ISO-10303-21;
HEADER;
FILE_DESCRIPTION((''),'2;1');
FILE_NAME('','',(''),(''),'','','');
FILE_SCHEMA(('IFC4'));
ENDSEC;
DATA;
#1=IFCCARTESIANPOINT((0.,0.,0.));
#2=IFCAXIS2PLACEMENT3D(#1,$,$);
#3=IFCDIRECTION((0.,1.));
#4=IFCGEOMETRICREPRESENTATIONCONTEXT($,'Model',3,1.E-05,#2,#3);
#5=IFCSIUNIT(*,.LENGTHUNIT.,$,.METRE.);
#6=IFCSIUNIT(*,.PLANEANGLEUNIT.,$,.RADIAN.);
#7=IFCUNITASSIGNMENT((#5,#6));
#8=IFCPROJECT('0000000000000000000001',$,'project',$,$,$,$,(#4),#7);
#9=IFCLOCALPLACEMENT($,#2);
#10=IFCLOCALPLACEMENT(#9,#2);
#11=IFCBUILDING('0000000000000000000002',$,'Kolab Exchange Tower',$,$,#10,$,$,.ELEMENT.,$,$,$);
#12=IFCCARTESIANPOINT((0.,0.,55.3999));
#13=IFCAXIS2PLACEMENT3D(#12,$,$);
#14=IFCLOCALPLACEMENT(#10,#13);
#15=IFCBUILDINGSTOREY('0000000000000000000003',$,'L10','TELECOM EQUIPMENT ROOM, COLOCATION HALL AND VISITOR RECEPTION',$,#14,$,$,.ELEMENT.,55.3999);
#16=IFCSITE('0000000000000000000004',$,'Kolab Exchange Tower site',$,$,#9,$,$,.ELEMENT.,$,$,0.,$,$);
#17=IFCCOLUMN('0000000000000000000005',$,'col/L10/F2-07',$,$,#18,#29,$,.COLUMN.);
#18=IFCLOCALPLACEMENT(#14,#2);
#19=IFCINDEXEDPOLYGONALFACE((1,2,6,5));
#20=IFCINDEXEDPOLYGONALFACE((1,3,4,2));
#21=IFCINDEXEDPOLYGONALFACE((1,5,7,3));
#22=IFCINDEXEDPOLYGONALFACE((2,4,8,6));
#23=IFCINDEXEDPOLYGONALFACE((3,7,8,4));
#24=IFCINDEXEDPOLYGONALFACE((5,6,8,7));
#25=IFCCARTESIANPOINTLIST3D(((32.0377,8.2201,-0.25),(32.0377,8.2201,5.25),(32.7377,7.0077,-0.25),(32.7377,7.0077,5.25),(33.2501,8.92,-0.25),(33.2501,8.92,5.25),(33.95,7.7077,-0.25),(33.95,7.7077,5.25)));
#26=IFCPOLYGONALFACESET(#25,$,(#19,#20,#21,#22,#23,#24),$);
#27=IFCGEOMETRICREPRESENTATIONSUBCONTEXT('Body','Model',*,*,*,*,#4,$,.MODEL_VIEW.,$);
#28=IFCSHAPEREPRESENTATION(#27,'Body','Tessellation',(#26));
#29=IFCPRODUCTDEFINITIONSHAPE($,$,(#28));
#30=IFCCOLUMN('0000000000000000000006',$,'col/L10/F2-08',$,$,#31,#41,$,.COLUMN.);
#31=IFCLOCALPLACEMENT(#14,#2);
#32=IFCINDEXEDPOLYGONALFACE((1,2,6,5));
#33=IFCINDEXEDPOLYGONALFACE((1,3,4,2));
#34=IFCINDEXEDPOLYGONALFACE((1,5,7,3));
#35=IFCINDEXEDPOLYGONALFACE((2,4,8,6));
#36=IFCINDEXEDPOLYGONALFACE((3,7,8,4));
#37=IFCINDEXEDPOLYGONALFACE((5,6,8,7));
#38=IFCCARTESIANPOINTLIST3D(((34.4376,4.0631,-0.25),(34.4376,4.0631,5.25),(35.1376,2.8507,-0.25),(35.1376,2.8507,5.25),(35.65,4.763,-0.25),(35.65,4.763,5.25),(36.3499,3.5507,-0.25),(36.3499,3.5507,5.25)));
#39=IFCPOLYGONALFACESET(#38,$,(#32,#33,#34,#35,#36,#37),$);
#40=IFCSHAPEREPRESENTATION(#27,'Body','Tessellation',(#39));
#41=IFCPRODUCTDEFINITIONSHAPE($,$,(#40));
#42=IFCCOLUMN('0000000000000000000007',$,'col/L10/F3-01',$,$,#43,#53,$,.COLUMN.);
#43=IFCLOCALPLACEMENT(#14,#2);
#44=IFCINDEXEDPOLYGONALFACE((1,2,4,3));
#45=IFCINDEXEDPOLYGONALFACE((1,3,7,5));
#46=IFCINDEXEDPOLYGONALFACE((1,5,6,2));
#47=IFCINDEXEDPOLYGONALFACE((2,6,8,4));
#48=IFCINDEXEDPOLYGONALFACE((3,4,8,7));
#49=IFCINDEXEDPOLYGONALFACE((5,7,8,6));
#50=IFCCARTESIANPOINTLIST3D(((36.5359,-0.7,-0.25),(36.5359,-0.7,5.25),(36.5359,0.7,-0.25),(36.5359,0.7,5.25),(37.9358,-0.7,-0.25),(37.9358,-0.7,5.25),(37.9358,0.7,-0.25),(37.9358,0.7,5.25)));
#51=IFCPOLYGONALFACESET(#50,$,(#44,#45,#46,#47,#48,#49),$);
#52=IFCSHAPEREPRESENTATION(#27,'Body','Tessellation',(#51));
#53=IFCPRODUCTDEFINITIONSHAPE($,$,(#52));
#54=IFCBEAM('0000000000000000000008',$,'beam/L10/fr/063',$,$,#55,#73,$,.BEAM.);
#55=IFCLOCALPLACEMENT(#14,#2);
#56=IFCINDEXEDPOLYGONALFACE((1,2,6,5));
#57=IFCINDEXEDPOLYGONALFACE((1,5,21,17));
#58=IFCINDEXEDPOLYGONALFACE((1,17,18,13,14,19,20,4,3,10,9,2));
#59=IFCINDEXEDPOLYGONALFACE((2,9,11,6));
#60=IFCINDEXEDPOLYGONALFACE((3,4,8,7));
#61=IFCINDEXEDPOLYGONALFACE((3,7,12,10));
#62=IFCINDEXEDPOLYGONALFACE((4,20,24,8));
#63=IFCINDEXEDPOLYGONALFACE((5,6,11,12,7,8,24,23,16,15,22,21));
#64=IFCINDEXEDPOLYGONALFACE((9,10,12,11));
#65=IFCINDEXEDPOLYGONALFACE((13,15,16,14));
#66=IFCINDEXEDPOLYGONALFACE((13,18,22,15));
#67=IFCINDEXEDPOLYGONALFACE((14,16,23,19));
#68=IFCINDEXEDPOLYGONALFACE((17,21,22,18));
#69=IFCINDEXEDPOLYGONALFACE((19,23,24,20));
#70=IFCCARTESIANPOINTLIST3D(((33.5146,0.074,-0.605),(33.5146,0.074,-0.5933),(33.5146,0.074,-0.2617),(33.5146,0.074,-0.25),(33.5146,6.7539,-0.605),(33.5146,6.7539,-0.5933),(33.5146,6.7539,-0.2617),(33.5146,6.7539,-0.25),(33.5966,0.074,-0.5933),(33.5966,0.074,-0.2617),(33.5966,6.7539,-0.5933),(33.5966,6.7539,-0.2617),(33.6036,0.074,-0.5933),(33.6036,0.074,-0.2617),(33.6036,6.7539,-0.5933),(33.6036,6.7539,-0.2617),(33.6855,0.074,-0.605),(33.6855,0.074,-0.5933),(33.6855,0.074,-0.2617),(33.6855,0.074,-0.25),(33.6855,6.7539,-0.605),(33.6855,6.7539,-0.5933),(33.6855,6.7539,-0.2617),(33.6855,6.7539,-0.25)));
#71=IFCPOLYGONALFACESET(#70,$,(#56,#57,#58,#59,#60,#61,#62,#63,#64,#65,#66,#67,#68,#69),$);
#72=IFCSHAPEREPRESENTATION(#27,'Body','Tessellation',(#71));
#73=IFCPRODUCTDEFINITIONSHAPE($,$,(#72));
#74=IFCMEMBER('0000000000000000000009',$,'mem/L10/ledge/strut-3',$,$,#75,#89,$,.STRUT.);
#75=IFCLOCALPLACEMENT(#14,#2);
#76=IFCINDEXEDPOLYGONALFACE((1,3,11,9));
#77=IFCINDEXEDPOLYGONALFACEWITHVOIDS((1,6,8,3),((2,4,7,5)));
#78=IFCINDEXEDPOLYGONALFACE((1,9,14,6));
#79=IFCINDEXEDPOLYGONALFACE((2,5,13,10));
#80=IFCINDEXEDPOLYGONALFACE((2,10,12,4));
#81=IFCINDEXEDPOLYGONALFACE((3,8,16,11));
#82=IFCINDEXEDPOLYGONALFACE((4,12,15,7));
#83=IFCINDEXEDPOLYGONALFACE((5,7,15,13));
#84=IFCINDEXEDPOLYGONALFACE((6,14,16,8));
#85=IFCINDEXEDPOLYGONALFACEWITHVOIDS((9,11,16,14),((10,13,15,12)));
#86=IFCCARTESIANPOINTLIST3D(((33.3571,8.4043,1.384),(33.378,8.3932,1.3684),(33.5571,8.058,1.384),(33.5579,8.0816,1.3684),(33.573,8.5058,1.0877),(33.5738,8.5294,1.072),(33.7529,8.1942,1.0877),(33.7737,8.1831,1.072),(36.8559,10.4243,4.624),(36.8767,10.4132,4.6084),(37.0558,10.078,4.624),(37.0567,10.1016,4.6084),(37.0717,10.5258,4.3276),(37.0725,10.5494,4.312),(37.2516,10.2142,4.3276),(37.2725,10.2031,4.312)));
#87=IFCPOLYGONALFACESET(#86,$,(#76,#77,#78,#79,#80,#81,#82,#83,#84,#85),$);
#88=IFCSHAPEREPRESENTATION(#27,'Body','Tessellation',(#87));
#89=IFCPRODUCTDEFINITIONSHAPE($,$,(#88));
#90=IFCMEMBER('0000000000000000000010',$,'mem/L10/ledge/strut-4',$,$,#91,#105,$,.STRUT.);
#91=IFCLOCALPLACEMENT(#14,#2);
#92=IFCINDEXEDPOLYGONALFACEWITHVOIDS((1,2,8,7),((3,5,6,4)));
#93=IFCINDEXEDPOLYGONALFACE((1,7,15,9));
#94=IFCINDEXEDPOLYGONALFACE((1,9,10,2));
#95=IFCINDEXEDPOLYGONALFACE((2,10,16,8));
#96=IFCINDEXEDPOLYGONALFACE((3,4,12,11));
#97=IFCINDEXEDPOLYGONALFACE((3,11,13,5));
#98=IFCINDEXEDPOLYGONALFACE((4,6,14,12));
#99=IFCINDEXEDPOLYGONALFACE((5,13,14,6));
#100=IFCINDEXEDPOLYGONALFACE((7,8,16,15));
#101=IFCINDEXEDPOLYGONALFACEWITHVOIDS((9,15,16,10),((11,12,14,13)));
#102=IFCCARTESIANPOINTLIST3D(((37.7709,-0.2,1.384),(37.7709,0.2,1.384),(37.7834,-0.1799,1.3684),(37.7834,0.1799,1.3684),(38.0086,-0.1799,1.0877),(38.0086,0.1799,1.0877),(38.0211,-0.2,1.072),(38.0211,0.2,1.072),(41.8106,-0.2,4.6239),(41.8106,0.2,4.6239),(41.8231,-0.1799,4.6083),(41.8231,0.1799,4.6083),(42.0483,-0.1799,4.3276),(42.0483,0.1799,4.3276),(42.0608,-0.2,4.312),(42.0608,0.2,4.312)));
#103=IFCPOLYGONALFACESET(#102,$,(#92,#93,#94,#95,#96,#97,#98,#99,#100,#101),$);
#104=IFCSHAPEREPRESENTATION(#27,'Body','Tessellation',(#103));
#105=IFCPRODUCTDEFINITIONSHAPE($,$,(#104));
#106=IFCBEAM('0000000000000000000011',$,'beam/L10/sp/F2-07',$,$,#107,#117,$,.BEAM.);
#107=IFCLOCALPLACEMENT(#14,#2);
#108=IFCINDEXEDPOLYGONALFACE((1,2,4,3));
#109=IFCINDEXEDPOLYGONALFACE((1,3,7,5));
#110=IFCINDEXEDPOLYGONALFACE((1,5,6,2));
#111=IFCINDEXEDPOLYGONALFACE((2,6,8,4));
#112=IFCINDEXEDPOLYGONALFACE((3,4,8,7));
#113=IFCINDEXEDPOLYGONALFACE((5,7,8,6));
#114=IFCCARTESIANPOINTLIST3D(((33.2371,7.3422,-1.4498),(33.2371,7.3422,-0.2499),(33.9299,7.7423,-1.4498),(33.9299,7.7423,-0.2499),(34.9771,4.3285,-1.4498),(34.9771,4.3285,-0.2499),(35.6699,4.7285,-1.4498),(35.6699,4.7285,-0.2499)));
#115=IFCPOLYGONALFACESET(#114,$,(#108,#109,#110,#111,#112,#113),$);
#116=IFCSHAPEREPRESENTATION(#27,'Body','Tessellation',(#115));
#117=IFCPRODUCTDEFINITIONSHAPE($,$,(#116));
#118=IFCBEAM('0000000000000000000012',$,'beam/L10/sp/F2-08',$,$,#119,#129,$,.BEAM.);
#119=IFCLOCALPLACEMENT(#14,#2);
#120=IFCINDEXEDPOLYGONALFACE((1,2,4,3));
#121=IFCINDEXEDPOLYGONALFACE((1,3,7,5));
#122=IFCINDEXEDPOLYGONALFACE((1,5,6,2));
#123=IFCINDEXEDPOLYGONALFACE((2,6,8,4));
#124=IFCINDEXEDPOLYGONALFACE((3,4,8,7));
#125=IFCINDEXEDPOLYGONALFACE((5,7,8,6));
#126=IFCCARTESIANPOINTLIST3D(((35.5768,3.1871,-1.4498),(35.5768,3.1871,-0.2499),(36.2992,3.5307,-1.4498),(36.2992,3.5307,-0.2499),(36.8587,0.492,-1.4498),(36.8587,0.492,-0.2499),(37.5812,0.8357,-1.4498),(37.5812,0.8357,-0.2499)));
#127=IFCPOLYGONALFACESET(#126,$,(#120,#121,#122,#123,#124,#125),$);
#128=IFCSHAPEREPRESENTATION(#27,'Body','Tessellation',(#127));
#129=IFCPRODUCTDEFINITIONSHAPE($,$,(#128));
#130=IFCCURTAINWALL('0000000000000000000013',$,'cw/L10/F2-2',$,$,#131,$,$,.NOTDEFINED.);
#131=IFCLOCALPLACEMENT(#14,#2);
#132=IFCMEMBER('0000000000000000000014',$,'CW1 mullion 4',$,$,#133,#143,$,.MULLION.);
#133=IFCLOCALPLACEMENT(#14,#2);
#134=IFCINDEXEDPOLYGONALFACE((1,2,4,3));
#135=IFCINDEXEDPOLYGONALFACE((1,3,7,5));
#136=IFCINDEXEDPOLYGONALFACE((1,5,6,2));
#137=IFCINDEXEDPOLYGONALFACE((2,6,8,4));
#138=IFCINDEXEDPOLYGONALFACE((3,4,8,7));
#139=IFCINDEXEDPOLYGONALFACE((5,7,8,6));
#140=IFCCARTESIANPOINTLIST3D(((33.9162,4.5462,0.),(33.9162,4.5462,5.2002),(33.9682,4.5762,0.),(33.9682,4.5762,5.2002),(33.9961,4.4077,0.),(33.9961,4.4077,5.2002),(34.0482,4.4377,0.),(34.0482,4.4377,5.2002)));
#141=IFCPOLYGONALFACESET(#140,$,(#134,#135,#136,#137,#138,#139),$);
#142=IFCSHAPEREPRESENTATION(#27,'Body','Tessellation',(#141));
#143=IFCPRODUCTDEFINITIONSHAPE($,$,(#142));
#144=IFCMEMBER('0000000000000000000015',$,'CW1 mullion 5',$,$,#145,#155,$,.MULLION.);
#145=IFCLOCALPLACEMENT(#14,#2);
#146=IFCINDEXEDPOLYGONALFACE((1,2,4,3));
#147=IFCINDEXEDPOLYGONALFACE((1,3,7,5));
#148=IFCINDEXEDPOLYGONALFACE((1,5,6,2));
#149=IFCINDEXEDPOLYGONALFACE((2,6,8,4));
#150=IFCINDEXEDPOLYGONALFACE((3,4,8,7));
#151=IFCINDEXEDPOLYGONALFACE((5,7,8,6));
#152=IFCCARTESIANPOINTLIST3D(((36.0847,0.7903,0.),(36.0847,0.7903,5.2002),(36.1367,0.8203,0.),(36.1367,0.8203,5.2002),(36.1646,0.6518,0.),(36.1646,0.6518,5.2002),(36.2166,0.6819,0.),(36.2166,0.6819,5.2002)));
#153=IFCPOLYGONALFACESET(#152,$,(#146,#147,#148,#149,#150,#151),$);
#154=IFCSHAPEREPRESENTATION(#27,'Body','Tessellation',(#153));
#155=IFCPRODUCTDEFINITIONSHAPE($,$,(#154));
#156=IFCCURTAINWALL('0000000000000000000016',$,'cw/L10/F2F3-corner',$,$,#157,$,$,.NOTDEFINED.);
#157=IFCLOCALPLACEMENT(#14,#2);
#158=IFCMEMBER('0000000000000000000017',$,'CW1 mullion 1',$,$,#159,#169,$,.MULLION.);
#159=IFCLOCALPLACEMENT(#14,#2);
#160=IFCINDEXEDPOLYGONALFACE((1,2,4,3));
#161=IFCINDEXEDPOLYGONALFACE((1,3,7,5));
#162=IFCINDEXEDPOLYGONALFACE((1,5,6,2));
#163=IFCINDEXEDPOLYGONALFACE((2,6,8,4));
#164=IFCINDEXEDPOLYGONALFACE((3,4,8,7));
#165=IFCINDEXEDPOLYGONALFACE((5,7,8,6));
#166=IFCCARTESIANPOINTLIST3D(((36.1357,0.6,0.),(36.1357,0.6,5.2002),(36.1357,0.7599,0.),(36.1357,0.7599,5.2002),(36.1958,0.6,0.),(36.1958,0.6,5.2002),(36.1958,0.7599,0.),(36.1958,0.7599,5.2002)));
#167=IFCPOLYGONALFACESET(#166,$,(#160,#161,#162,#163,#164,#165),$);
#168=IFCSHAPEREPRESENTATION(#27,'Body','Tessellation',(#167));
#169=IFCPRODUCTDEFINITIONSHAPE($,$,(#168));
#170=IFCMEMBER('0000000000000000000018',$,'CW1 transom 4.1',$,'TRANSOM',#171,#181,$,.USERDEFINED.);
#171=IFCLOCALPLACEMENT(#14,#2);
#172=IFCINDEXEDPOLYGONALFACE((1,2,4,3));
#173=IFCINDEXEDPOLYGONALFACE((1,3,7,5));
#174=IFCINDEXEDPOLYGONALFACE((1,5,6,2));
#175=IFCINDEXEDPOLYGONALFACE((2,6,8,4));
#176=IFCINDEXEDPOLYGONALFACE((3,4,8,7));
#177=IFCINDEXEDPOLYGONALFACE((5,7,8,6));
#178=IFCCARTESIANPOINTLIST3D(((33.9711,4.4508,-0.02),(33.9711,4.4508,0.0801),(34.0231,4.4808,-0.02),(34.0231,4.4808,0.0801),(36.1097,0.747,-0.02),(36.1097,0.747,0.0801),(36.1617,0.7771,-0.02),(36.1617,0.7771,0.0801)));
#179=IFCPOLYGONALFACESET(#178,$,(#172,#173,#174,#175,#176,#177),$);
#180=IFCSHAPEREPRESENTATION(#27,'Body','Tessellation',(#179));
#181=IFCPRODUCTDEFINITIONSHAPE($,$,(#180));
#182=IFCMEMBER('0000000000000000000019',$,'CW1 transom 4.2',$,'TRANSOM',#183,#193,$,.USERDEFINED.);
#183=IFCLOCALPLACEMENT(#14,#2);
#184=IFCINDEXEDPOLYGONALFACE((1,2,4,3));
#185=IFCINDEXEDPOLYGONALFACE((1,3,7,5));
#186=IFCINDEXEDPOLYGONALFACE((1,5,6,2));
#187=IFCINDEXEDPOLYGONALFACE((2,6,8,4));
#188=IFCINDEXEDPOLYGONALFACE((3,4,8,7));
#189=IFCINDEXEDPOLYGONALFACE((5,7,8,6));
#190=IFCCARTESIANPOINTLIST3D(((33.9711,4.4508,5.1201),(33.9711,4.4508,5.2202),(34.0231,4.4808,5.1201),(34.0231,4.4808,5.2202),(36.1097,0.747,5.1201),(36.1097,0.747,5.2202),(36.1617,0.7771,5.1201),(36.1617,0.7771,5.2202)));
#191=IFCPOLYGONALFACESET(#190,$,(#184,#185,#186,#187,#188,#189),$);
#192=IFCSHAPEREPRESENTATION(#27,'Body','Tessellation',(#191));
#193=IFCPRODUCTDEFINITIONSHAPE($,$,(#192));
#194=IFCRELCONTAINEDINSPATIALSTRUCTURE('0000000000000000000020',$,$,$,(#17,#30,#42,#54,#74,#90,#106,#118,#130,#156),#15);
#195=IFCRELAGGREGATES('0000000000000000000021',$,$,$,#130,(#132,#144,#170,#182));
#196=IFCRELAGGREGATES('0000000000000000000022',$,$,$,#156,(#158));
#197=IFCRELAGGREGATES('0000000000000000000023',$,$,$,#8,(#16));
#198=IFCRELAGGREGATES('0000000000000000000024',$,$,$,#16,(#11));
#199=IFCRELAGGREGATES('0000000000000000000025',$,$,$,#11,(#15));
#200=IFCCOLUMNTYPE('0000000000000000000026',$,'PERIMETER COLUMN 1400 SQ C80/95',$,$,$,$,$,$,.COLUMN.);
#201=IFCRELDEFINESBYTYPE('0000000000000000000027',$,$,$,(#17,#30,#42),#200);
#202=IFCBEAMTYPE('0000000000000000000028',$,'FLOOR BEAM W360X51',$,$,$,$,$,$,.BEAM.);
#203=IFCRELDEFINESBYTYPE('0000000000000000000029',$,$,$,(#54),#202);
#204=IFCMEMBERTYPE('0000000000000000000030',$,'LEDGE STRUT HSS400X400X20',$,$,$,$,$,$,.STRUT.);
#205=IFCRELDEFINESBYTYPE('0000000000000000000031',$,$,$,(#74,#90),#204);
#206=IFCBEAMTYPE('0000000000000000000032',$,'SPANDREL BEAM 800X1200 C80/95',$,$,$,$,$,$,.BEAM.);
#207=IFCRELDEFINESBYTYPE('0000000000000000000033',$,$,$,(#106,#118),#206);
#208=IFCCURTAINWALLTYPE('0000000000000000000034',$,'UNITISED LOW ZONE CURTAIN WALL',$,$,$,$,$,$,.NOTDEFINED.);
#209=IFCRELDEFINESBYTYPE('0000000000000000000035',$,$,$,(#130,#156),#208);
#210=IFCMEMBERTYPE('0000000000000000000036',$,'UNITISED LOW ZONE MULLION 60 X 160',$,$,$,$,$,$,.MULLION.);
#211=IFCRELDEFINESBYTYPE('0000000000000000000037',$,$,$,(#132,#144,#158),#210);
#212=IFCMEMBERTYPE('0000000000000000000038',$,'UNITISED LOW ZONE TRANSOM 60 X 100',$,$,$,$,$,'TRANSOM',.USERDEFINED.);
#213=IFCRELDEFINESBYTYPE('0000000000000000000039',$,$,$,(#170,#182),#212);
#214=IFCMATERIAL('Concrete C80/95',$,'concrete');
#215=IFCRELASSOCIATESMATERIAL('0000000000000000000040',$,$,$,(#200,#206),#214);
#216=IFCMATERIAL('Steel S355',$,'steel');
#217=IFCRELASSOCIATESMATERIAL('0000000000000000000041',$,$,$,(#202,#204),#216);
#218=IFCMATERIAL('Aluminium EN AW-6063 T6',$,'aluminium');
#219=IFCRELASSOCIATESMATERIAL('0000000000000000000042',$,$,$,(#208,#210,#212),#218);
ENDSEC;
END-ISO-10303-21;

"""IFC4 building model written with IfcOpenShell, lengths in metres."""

from ifc_helpers import new_model, si_unit, direction, frame, origin, origin_2d, place, context, subcontext, project, spatial, rectangle, hollow_rectangle, i_section, extrude, material, material_profile, profile_set, type_object, element, aggregate, save


model = new_model("IFC4")

# Units and contexts
model_context = context("Model", 3, precision=1e-05, world=origin(), true_north=direction((0.0, 1.0)))
body_context = subcontext(model_context, "Body", "Model", "MODEL_VIEW")
ifc_project = project(units=[si_unit("LENGTHUNIT", "METRE"), si_unit("PLANEANGLEUNIT", "RADIAN")], contexts=[model_context])

# Site, building, storey
site_placement = place(None, origin())
site = spatial("IfcSite", under=ifc_project, at=site_placement, Name="Kolab Exchange Tower site", CompositionType="ELEMENT", RefElevation=0.0)
building_placement = place(site_placement, origin())
building = spatial("IfcBuilding", under=site, at=building_placement, Name="Kolab Exchange Tower", CompositionType="ELEMENT")
storey_placement = place(building_placement, frame((0.0, 0.0, 55.3999)))
storey = spatial("IfcBuildingStorey", under=building, at=storey_placement, Name="L10", Description="TELECOM EQUIPMENT ROOM, COLOCATION HALL AND VISITOR RECEPTION", CompositionType="ELEMENT", Elevation=55.3999)

# Columns
ifc_material_1 = material(Name="Concrete C80/95", Category="concrete")
ifc_material_profile_1 = material_profile(ifc_material_1, rectangle(XDim=1.3999, YDim=1.3999, at=origin_2d()), Name="RC1400")
ifc_profile_set_1 = profile_set([ifc_material_profile_1], Name="Concrete C80/95")
column_type = type_object("IfcColumnType", Name="PERIMETER COLUMN 1400 SQ C80/95", PredefinedType="COLUMN", material=ifc_profile_set_1)
for number, where, z_axis, x_axis, name in (
    (1, (32.9939, 7.9639, -0.25), (0.0, 0.0, 1.0), (0.866025, 0.5, 0.0), "col/L10/F2-07"),
    (2, (35.3938, 3.8069, -0.25), (0.0, 0.0, 1.0), (0.866025, 0.5, 0.0), "col/L10/F2-08"),
    (3, (37.2358, 0.0, -0.25), (0.0, 0.0, 1.0), (1.0, 0.0, 0.0), "col/L10/F3-01"),
):
    element("IfcColumn", number, at=place(storey_placement, frame(where, z_axis=z_axis, x_axis=x_axis)), inside=storey, type_object=column_type, Name=name, PredefinedType="COLUMN", context=body_context, shape_type="SweptSolid", body=[
        extrude(rectangle(XDim=1.3999, YDim=1.3999, at=origin_2d()), origin(), (0.0, 0.0, 1.0), 5.5),
    ])

# Beam
ifc_material_2 = material(Name="Steel S355", Category="steel")
ifc_material_profile_2 = material_profile(ifc_material_2, i_section(OverallWidth=0.1709, OverallDepth=0.355, WebThickness=0.0071, FlangeThickness=0.0117, at=origin_2d()), Name="W360X51")
ifc_profile_set_2 = profile_set([ifc_material_profile_2], Name="Steel S355")
beam_type_1 = type_object("IfcBeamType", Name="FLOOR BEAM W360X51", PredefinedType="BEAM", material=ifc_profile_set_2)
beam_1_placement = place(storey_placement, frame((33.6001, 0.074, -0.4275), z_axis=(0.0, 1.0, 0.0), x_axis=(-1.0, 0.0, 0.0)))
element("IfcBeam", 4, at=beam_1_placement, inside=storey, type_object=beam_type_1, Name="beam/L10/fr/063", PredefinedType="BEAM", context=body_context, shape_type="SweptSolid", body=[
    extrude(i_section(OverallWidth=0.1709, OverallDepth=0.355, WebThickness=0.0071, FlangeThickness=0.0117, at=origin_2d()), origin(), (0.0, 0.0, 1.0), 6.6799),
])

# Members
ifc_material_profile_3 = material_profile(ifc_material_2, hollow_rectangle(XDim=0.3999, YDim=0.3999, WallThickness=0.02, at=origin_2d()), Name="HSS400X400X20")
ifc_profile_set_3 = profile_set([ifc_material_profile_3], Name="Steel S355")
member_type_1 = type_object("IfcMemberType", Name="LEDGE STRUT HSS400X400X20", PredefinedType="STRUT", material=ifc_profile_set_3)
member_1_placement = place(storey_placement, frame((33.5654, 8.2937, 1.228), z_axis=(0.675603, 0.390059, 0.625631), x_axis=(-0.5, 0.866026, 0.0)))
element("IfcMember", 5, at=member_1_placement, inside=storey, type_object=member_type_1, Name="mem/L10/ledge/strut-3", PredefinedType="STRUT", context=body_context, shape_type="SweptSolid", body=[
    extrude(hollow_rectangle(XDim=0.3999, YDim=0.3999, WallThickness=0.02, at=origin_2d()), origin(), (0.0, 0.0, 1.0), 5.1787),
])
member_2_placement = place(storey_placement, frame((37.896, 0.0, 1.228), z_axis=(0.7801, 0.0, 0.625655), x_axis=(0.0, 1.0, 0.0)))
element("IfcMember", 6, at=member_2_placement, inside=storey, type_object=member_type_1, Name="mem/L10/ledge/strut-4", PredefinedType="STRUT", context=body_context, shape_type="SweptSolid", body=[
    extrude(hollow_rectangle(XDim=0.3999, YDim=0.3999, WallThickness=0.02, at=origin_2d()), origin(), (0.0, 0.0, 1.0), 5.1785),
])

# Beams
ifc_material_profile_4 = material_profile(ifc_material_1, rectangle(XDim=0.8, YDim=1.2, at=origin_2d()), Name="RC800X1200")
ifc_profile_set_4 = profile_set([ifc_material_profile_4], Name="Concrete C80/95")
beam_type_2 = type_object("IfcBeamType", Name="SPANDREL BEAM 800X1200 C80/95", PredefinedType="BEAM", material=ifc_profile_set_4)
beam_2_placement = place(storey_placement, frame((33.5835, 7.5422, -0.8499), z_axis=(0.50001, -0.86602, 0.0), x_axis=(0.86602, 0.50001, 0.0)))
element("IfcBeam", 7, at=beam_2_placement, inside=storey, type_object=beam_type_2, Name="beam/L10/sp/F2-07", PredefinedType="BEAM", context=body_context, shape_type="SweptSolid", body=[
    extrude(rectangle(XDim=0.8, YDim=1.2, at=origin_2d()), origin(), (0.0, 0.0, 1.0), 3.48),
])
beam_3_placement = place(storey_placement, frame((35.938, 3.3589, -0.8499), z_axis=(0.429556, -0.90304, 0.0), x_axis=(0.90304, 0.429556, 0.0)))
element("IfcBeam", 8, at=beam_3_placement, inside=storey, type_object=beam_type_2, Name="beam/L10/sp/F2-08", PredefinedType="BEAM", context=body_context, shape_type="SweptSolid", body=[
    extrude(rectangle(XDim=0.8, YDim=1.2, at=origin_2d()), origin(), (0.0, 0.0, 1.0), 2.9844),
])

# Curtain wall, members
ifc_material_3 = material(Name="Aluminium EN AW-6063 T6", Category="aluminium")
curtain_wall_type = type_object("IfcCurtainWallType", Name="UNITISED LOW ZONE CURTAIN WALL", PredefinedType="NOTDEFINED", material=ifc_material_3)
curtain_wall_1_placement = place(storey_placement, origin())
curtain_wall_1 = element("IfcCurtainWall", 9, at=curtain_wall_1_placement, inside=storey, type_object=curtain_wall_type, Name="cw/L10/F2-2", PredefinedType="NOTDEFINED")
ifc_material_profile_5 = material_profile(ifc_material_3, rectangle(XDim=0.0601, YDim=0.1599, at=origin_2d()), Name="RECT 60X160")
ifc_profile_set_5 = profile_set([ifc_material_profile_5], Name="Aluminium EN AW-6063 T6")
member_type_2 = type_object("IfcMemberType", Name="UNITISED LOW ZONE MULLION 60 X 160", PredefinedType="MULLION", material=ifc_profile_set_5)
member_3_placement = place(storey_placement, frame((33.9822, 4.4919, 0.0), z_axis=(0.0, 0.0, 1.0), x_axis=(0.866025, 0.5, 0.0)))
member_3 = element("IfcMember", 10, at=member_3_placement, type_object=member_type_2, Name="CW1 mullion 4", PredefinedType="MULLION", context=body_context, shape_type="SweptSolid", body=[
    extrude(rectangle(XDim=0.0601, YDim=0.1599, at=origin_2d()), origin(), (0.0, 0.0, 1.0), 5.2002),
])
member_4_placement = place(storey_placement, frame((36.1506, 0.7361, 0.0), z_axis=(0.0, 0.0, 1.0), x_axis=(0.866025, 0.5, 0.0)))
member_4 = element("IfcMember", 11, at=member_4_placement, type_object=member_type_2, Name="CW1 mullion 5", PredefinedType="MULLION", context=body_context, shape_type="SweptSolid", body=[
    extrude(rectangle(XDim=0.0601, YDim=0.1599, at=origin_2d()), origin(), (0.0, 0.0, 1.0), 5.2002),
])

# Curtain wall, member
curtain_wall_2_placement = place(storey_placement, origin())
curtain_wall_2 = element("IfcCurtainWall", 12, at=curtain_wall_2_placement, inside=storey, type_object=curtain_wall_type, Name="cw/L10/F2F3-corner", PredefinedType="NOTDEFINED")
member_5_placement = place(storey_placement, frame((36.1658, 0.6799, 0.0), z_axis=(0.0, 0.0, 1.0), x_axis=(1.0, 0.0, 0.0)))
member_5 = element("IfcMember", 13, at=member_5_placement, type_object=member_type_2, Name="CW1 mullion 1", PredefinedType="MULLION", context=body_context, shape_type="SweptSolid", body=[
    extrude(rectangle(XDim=0.0601, YDim=0.1599, at=origin_2d()), origin(), (0.0, 0.0, 1.0), 5.2002),
])

# Members
ifc_material_profile_6 = material_profile(ifc_material_3, rectangle(XDim=0.0601, YDim=0.1001, at=origin_2d()), Name="RECT 60X100")
ifc_profile_set_6 = profile_set([ifc_material_profile_6], Name="Aluminium EN AW-6063 T6")
member_type_3 = type_object("IfcMemberType", Name="UNITISED LOW ZONE TRANSOM 60 X 100", ElementType="TRANSOM", PredefinedType="USERDEFINED", material=ifc_profile_set_6)
member_6_placement = place(storey_placement, frame((33.9971, 4.4658, 0.03), z_axis=(0.500044, -0.866, 0.0), x_axis=(0.866, 0.500044, 0.0)))
member_6 = element("IfcMember", 14, at=member_6_placement, type_object=member_type_3, Name="CW1 transom 4.1", ObjectType="TRANSOM", PredefinedType="USERDEFINED", context=body_context, shape_type="SweptSolid", body=[
    extrude(rectangle(XDim=0.0601, YDim=0.1001, at=origin_2d()), origin(), (0.0, 0.0, 1.0), 4.2769),
])
member_7_placement = place(storey_placement, frame((33.9971, 4.4658, 5.1702), z_axis=(0.500044, -0.866, 0.0), x_axis=(0.866, 0.500044, 0.0)))
member_7 = element("IfcMember", 15, at=member_7_placement, type_object=member_type_3, Name="CW1 transom 4.2", ObjectType="TRANSOM", PredefinedType="USERDEFINED", context=body_context, shape_type="SweptSolid", body=[
    extrude(rectangle(XDim=0.0601, YDim=0.1001, at=origin_2d()), origin(), (0.0, 0.0, 1.0), 4.2769),
])

aggregate(curtain_wall_1, [member_3, member_4, member_6, member_7])
aggregate(curtain_wall_2, [member_5])

save(model, "model.ifc")
